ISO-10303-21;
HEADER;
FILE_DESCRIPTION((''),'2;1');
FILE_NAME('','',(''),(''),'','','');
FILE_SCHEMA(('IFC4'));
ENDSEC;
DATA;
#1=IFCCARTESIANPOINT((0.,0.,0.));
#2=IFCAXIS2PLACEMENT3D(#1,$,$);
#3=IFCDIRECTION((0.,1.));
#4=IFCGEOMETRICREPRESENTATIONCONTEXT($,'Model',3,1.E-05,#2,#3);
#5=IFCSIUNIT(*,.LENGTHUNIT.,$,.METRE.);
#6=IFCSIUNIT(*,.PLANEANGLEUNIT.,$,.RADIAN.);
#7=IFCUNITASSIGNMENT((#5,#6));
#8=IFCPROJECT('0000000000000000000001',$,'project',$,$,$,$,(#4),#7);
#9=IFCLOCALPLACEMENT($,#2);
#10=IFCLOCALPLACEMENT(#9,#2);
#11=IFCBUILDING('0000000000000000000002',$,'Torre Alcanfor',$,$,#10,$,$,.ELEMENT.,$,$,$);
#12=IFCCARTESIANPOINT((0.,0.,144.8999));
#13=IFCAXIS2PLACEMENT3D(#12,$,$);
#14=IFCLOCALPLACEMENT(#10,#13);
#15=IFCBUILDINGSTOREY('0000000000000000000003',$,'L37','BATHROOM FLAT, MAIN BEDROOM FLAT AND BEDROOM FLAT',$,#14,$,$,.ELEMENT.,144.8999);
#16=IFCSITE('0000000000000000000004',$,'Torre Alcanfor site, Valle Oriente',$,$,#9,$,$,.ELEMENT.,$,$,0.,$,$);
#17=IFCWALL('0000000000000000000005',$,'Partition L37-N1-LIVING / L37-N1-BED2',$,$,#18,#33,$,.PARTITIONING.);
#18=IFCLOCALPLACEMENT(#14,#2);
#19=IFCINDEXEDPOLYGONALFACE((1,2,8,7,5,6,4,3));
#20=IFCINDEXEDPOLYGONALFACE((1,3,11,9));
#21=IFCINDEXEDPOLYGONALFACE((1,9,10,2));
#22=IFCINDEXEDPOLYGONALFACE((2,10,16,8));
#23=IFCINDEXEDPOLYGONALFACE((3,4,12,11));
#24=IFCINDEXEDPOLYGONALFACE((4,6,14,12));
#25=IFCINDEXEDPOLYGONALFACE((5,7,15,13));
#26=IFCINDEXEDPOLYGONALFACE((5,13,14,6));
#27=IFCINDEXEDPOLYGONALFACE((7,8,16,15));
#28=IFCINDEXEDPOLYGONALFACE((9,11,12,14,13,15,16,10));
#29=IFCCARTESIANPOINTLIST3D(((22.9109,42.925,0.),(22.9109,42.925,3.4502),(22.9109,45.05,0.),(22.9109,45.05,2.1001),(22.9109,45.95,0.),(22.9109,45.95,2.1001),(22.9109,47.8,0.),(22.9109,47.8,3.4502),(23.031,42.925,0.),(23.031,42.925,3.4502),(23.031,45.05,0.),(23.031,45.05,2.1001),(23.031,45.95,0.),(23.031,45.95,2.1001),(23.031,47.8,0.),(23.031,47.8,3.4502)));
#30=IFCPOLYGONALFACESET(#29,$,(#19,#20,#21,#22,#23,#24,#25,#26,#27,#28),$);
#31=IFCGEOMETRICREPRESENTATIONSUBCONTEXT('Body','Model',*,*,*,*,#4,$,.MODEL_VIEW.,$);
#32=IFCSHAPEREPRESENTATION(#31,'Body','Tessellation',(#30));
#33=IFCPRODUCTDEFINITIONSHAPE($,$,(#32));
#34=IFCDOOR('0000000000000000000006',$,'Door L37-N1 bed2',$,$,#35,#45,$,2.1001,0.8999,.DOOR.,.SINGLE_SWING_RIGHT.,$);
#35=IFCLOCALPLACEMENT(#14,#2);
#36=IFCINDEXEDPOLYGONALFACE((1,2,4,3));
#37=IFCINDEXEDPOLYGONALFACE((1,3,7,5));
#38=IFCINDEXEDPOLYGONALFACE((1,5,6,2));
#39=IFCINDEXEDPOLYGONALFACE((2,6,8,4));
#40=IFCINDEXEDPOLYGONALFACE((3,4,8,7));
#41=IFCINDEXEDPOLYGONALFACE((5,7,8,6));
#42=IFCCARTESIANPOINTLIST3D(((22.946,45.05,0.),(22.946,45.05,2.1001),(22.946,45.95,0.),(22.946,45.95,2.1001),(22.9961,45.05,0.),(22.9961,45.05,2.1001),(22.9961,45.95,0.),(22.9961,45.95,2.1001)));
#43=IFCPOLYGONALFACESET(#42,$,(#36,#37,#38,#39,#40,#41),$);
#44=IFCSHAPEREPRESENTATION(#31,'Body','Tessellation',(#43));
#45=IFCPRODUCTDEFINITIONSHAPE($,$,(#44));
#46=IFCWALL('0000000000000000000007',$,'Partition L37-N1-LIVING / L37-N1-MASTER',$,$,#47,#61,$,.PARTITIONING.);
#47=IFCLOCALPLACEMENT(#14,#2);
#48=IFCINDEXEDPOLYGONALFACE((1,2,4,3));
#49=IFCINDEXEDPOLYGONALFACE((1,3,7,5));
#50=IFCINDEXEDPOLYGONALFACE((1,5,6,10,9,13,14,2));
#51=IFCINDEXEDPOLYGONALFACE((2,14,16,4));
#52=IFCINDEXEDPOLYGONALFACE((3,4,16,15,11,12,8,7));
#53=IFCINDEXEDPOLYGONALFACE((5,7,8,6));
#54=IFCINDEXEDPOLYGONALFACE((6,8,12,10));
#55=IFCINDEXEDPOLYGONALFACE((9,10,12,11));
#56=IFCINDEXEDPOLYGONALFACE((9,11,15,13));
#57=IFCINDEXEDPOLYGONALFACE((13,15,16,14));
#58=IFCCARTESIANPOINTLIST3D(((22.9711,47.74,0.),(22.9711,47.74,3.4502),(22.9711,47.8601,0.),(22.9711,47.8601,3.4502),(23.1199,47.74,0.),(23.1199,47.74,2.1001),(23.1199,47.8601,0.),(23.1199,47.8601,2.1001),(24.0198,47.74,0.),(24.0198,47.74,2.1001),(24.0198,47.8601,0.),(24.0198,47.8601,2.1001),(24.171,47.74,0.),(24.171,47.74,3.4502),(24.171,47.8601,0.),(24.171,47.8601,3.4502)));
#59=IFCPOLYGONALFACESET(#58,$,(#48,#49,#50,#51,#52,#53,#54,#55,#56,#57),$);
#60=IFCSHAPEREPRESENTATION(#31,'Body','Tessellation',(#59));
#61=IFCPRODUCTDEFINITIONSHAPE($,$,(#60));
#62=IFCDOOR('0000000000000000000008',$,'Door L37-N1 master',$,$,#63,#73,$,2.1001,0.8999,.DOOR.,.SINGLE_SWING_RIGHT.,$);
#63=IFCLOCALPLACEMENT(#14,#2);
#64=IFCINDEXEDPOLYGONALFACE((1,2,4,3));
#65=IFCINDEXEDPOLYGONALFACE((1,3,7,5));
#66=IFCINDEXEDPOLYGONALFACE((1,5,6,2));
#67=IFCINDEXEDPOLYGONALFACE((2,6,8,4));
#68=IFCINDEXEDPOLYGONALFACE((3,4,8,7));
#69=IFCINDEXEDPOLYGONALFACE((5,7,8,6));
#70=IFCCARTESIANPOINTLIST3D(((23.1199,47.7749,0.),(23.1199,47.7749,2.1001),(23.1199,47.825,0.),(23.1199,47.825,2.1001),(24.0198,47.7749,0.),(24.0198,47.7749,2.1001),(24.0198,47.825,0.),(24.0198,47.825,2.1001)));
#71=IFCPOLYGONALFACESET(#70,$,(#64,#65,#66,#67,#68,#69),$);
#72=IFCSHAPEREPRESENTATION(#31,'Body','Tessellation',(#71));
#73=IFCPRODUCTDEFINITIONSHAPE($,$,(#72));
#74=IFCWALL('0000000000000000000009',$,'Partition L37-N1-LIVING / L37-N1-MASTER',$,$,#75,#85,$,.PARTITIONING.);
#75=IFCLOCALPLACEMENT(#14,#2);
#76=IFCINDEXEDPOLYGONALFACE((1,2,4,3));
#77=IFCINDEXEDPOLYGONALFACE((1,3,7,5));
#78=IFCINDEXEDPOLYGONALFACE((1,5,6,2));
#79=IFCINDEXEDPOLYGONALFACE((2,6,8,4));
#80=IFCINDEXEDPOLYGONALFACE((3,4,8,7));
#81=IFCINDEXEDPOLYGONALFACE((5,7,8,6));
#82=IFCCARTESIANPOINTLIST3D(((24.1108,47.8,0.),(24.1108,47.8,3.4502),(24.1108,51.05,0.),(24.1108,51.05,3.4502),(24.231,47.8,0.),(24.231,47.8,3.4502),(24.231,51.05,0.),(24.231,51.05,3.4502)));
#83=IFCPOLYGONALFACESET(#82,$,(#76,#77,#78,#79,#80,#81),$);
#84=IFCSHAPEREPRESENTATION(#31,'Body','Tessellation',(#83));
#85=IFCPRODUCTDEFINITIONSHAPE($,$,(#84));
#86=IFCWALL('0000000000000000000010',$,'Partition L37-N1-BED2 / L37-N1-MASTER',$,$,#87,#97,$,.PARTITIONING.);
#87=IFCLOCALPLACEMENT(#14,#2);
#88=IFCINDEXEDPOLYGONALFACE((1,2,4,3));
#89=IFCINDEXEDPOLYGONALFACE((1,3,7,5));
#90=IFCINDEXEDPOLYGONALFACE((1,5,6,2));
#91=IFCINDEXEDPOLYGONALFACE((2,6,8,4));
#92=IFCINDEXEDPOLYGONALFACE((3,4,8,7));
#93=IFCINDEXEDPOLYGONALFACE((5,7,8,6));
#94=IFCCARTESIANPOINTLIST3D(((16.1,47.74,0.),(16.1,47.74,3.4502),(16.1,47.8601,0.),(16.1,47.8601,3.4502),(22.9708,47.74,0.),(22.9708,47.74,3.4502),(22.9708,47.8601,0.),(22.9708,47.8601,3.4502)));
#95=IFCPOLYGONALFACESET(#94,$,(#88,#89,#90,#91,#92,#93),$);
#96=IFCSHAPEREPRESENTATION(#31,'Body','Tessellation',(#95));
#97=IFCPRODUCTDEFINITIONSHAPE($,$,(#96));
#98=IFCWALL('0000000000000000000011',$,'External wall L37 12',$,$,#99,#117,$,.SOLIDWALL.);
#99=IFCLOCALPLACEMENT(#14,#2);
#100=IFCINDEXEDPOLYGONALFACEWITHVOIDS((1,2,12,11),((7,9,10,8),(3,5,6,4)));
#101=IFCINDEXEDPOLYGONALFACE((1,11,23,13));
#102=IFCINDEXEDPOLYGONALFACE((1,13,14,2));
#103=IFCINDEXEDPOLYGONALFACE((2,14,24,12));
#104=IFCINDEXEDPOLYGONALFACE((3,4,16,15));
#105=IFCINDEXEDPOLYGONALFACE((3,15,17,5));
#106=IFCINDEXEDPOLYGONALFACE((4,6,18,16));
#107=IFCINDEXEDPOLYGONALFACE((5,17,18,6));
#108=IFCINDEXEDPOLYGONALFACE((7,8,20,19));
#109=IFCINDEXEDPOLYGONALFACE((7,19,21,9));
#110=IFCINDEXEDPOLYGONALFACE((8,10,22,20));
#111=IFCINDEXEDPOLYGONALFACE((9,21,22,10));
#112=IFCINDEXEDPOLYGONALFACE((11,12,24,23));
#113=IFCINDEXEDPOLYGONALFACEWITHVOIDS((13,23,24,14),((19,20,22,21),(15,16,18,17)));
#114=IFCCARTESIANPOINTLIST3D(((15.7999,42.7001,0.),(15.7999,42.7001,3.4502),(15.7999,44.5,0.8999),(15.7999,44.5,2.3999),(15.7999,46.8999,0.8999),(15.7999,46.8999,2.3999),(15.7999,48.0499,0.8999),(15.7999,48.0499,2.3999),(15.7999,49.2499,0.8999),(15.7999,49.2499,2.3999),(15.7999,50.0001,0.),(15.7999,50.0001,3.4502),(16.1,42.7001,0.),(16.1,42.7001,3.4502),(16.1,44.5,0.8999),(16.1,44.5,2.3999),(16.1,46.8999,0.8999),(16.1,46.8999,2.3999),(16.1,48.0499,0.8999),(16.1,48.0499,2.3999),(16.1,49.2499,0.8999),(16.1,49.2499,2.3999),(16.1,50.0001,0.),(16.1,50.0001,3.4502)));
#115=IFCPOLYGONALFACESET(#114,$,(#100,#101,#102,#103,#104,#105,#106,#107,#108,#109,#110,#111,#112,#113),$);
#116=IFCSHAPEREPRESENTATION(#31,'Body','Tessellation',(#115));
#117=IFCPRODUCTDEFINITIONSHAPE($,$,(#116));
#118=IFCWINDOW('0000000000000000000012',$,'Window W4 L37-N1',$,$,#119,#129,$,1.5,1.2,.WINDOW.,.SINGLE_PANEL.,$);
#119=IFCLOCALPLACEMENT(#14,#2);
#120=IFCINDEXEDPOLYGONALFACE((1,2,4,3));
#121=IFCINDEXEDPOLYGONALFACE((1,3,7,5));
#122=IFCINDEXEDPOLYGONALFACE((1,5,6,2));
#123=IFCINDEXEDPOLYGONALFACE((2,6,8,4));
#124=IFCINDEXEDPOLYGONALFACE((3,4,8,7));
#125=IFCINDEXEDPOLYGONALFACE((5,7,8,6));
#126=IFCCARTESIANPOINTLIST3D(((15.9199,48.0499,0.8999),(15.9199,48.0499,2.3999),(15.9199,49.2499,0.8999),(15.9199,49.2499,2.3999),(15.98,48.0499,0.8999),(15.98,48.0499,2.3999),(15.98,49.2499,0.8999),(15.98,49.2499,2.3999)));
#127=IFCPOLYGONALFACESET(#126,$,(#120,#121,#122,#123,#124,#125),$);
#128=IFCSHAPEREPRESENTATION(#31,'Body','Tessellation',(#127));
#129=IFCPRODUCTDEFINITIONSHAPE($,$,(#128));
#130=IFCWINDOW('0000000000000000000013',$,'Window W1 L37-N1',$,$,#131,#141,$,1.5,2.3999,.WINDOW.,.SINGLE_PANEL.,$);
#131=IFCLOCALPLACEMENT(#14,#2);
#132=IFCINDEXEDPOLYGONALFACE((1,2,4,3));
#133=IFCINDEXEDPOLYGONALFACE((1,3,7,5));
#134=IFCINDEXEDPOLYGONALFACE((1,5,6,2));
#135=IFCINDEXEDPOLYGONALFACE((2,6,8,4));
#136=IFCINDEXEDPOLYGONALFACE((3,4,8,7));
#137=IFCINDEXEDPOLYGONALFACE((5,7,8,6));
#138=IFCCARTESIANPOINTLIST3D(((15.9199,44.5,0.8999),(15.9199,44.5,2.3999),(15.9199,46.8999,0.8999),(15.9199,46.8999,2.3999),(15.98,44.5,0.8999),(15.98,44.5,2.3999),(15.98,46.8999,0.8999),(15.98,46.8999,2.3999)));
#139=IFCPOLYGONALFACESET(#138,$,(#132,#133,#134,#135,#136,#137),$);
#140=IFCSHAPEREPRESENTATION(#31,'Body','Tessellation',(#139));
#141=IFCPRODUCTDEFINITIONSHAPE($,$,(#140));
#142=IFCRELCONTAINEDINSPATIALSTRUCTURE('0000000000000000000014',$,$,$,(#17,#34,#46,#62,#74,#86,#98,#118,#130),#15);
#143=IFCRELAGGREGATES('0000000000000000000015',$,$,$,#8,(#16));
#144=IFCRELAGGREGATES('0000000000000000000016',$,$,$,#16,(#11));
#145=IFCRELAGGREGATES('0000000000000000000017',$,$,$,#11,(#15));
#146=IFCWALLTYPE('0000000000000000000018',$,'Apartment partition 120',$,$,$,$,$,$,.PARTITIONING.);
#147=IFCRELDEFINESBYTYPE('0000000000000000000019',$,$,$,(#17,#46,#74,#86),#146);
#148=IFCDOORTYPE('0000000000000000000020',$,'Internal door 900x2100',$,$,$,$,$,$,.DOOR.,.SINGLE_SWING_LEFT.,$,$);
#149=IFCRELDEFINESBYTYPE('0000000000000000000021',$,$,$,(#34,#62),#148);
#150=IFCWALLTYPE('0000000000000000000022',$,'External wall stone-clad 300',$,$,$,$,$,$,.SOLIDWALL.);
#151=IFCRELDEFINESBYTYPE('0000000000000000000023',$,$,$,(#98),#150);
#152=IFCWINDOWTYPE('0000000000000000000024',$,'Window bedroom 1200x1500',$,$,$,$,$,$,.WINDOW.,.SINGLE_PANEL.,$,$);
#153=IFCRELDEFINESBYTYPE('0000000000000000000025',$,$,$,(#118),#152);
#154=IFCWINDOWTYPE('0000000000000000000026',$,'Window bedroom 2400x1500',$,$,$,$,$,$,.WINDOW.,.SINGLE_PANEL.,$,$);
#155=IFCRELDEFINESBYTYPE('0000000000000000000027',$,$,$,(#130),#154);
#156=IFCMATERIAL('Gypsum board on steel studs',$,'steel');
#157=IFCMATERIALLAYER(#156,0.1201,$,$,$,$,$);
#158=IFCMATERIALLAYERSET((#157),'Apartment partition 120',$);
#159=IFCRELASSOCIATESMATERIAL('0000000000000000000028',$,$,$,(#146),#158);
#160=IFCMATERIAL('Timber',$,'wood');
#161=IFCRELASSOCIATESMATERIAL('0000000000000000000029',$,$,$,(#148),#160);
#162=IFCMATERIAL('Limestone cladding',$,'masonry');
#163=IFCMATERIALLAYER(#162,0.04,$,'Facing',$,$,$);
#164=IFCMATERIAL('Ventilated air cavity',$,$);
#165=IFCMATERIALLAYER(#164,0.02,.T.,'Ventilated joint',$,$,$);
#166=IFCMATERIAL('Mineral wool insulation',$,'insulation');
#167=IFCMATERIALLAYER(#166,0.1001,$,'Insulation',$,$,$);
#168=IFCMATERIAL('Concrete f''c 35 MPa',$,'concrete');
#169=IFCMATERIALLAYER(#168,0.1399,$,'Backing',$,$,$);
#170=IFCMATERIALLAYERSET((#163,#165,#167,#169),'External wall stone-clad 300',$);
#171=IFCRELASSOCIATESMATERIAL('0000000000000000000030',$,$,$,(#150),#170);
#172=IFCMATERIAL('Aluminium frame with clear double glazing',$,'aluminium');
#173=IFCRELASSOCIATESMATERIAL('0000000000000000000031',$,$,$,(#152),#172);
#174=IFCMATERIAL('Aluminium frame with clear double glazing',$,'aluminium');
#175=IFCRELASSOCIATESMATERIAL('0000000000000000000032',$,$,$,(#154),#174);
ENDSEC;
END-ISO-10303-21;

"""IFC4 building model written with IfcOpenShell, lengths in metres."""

from ifc_helpers import new_model, si_unit, direction, frame, frame_2d, origin, place, context, subcontext, project, spatial, rectangle, extrude, material, layer, layer_set, type_object, element, fill, save


model = new_model("IFC4")

# Units and contexts
model_context = context("Model", 3, precision=1e-05, world=origin(), true_north=direction((0.0, 1.0)))
body_context = subcontext(model_context, "Body", "Model", "MODEL_VIEW")
ifc_project = project(units=[si_unit("LENGTHUNIT", "METRE"), si_unit("PLANEANGLEUNIT", "RADIAN")], contexts=[model_context])

# Site, building, storey
site_placement = place(None, origin())
site = spatial("IfcSite", under=ifc_project, at=site_placement, Name="Torre Alcanfor site, Valle Oriente", CompositionType="ELEMENT", RefElevation=0.0)
building_placement = place(site_placement, origin())
building = spatial("IfcBuilding", under=site, at=building_placement, Name="Torre Alcanfor", CompositionType="ELEMENT")
storey_placement = place(building_placement, frame((0.0, 0.0, 144.8999)))
storey = spatial("IfcBuildingStorey", under=building, at=storey_placement, Name="L37", Description="BATHROOM FLAT, MAIN BEDROOM FLAT AND BEDROOM FLAT", CompositionType="ELEMENT", Elevation=144.8999)

# Walls, openings, doors
ifc_material_1 = material(Name="Gypsum board on steel studs", Category="steel")
ifc_layer_1 = layer(ifc_material_1, 0.1201)
ifc_layer_set_1 = layer_set([ifc_layer_1], Name="Apartment partition 120")
wall_type_1 = type_object("IfcWallType", Name="Apartment partition 120", PredefinedType="PARTITIONING", material=ifc_layer_set_1)
wall_1_placement = place(storey_placement, frame((22.9709, 42.925, 0.0), z_axis=(0.0, 0.0, 1.0), x_axis=(0.0, 1.0, 0.0)))
wall_1 = element("IfcWall", 1, at=wall_1_placement, inside=storey, type_object=wall_type_1, Name="Partition L37-N1-LIVING / L37-N1-BED2", PredefinedType="PARTITIONING", context=body_context, shape_type="SweptSolid", body=[
    extrude(rectangle(XDim=4.875, YDim=0.1201, at=frame_2d((2.4375, 0.0))), origin(), (0.0, 0.0, 1.0), 3.4502),
])
opening_1_placement = place(wall_1_placement, frame((2.125, 0.0, 0.0)))
opening_1 = element("IfcOpeningElement", 2, at=opening_1_placement, cuts=wall_1, PredefinedType="OPENING", context=body_context, shape_type="SweptSolid", body=[
    extrude(rectangle(XDim=0.8999, YDim=2.1001, at=frame_2d((0.45, 1.05))), frame((0.0, 0.0701, 0.0), z_axis=(0.0, -1.0, 0.0), x_axis=(1.0, 0.0, 0.0)), (0.0, 0.0, 1.0), 0.1401),
])
ifc_material_2 = material(Name="Timber", Category="wood")
door_type_1 = type_object("IfcDoorType", Name="Internal door 900x2100", OperationType="SINGLE_SWING_LEFT", PredefinedType="DOOR", material=ifc_material_2)
door_1_placement = place(opening_1_placement, origin())
door_1 = element("IfcDoor", 3, at=door_1_placement, inside=storey, type_object=door_type_1, Name="Door L37-N1 bed2", OperationType="SINGLE_SWING_RIGHT", OverallHeight=2.1001, OverallWidth=0.8999, PredefinedType="DOOR", context=body_context, shape_type="SweptSolid", body=[
    extrude(rectangle(XDim=0.8999, YDim=2.1001, at=frame_2d((0.45, 1.05))), frame((0.0, 0.0249, 0.0), z_axis=(0.0, -1.0, 0.0), x_axis=(1.0, 0.0, 0.0)), (0.0, 0.0, 1.0), 0.05),
])
fill(opening_1, door_1)
wall_2_placement = place(storey_placement, frame((22.9709, 47.8, 0.0), z_axis=(0.0, 0.0, 1.0), x_axis=(1.0, 0.0, 0.0)))
wall_2 = element("IfcWall", 4, at=wall_2_placement, inside=storey, type_object=wall_type_1, Name="Partition L37-N1-LIVING / L37-N1-MASTER", PredefinedType="PARTITIONING", context=body_context, shape_type="SweptSolid", body=[
    extrude(rectangle(XDim=1.2, YDim=0.1201, at=frame_2d((0.6001, 0.0))), origin(), (0.0, 0.0, 1.0), 3.4502),
])
opening_2_placement = place(wall_2_placement, frame((0.1489, 0.0, 0.0)))
opening_2 = element("IfcOpeningElement", 5, at=opening_2_placement, cuts=wall_2, PredefinedType="OPENING", context=body_context, shape_type="SweptSolid", body=[
    extrude(rectangle(XDim=0.8999, YDim=2.1001, at=frame_2d((0.45, 1.05))), frame((0.0, 0.0701, 0.0), z_axis=(0.0, -1.0, 0.0), x_axis=(1.0, 0.0, 0.0)), (0.0, 0.0, 1.0), 0.1401),
])
door_2_placement = place(opening_2_placement, origin())
door_2 = element("IfcDoor", 6, at=door_2_placement, inside=storey, type_object=door_type_1, Name="Door L37-N1 master", OperationType="SINGLE_SWING_RIGHT", OverallHeight=2.1001, OverallWidth=0.8999, PredefinedType="DOOR", context=body_context, shape_type="SweptSolid", body=[
    extrude(rectangle(XDim=0.8999, YDim=2.1001, at=frame_2d((0.45, 1.05))), frame((0.0, 0.0249, 0.0), z_axis=(0.0, -1.0, 0.0), x_axis=(1.0, 0.0, 0.0)), (0.0, 0.0, 1.0), 0.05),
])
fill(opening_2, door_2)

# Walls
wall_3_placement = place(storey_placement, frame((24.1709, 47.8, 0.0), z_axis=(0.0, 0.0, 1.0), x_axis=(0.0, 1.0, 0.0)))
element("IfcWall", 7, at=wall_3_placement, inside=storey, type_object=wall_type_1, Name="Partition L37-N1-LIVING / L37-N1-MASTER", PredefinedType="PARTITIONING", context=body_context, shape_type="SweptSolid", body=[
    extrude(rectangle(XDim=3.25, YDim=0.1201, at=frame_2d((1.625, 0.0))), origin(), (0.0, 0.0, 1.0), 3.4502),
])
wall_4_placement = place(storey_placement, frame((22.9709, 47.8, 0.0), z_axis=(0.0, 0.0, 1.0), x_axis=(-1.0, 0.0, 0.0)))
element("IfcWall", 8, at=wall_4_placement, inside=storey, type_object=wall_type_1, Name="Partition L37-N1-BED2 / L37-N1-MASTER", PredefinedType="PARTITIONING", context=body_context, shape_type="SweptSolid", body=[
    extrude(rectangle(XDim=6.8708, YDim=0.1201, at=frame_2d((3.4355, 0.0))), origin(), (0.0, 0.0, 1.0), 3.4502),
])

# Wall, openings, windows
ifc_material_3 = material(Name="Limestone cladding", Category="masonry")
ifc_layer_2 = layer(ifc_material_3, 0.04, Name="Facing")
ifc_material_4 = material(Name="Ventilated air cavity")
ifc_layer_3 = layer(ifc_material_4, 0.02, ventilated=True, Name="Ventilated joint")
ifc_material_5 = material(Name="Mineral wool insulation", Category="insulation")
ifc_layer_4 = layer(ifc_material_5, 0.1001, Name="Insulation")
ifc_material_6 = material(Name="Concrete f'c 35 MPa", Category="concrete")
ifc_layer_5 = layer(ifc_material_6, 0.1399, Name="Backing")
ifc_layer_set_2 = layer_set([ifc_layer_2, ifc_layer_3, ifc_layer_4, ifc_layer_5], Name="External wall stone-clad 300")
wall_type_2 = type_object("IfcWallType", Name="External wall stone-clad 300", PredefinedType="SOLIDWALL", material=ifc_layer_set_2)
wall_5_placement = place(storey_placement, frame((15.95, 50.0, 0.0), z_axis=(0.0, 0.0, 1.0), x_axis=(0.0, -1.0, 0.0)))
wall_5 = element("IfcWall", 9, at=wall_5_placement, inside=storey, type_object=wall_type_2, Name="External wall L37 12", PredefinedType="SOLIDWALL", context=body_context, shape_type="SweptSolid", body=[
    extrude(rectangle(XDim=7.3, YDim=0.3, at=frame_2d((3.6499, 0.0))), origin(), (0.0, 0.0, 1.0), 3.4502),
])
opening_3_placement = place(wall_5_placement, frame((3.1001, 0.0, 0.8999)))
opening_3 = element("IfcOpeningElement", 10, at=opening_3_placement, cuts=wall_5, PredefinedType="OPENING", context=body_context, shape_type="SweptSolid", body=[
    extrude(rectangle(XDim=2.3999, YDim=1.5, at=frame_2d((1.2, 0.75))), frame((0.0, 0.1599, 0.0), z_axis=(0.0, -1.0, 0.0), x_axis=(1.0, 0.0, 0.0)), (0.0, 0.0, 1.0), 0.3201),
])
opening_4_placement = place(wall_5_placement, frame((0.75, 0.0, 0.8999)))
opening_4 = element("IfcOpeningElement", 11, at=opening_4_placement, cuts=wall_5, PredefinedType="OPENING", context=body_context, shape_type="SweptSolid", body=[
    extrude(rectangle(XDim=1.2, YDim=1.5, at=frame_2d((0.6001, 0.75))), frame((0.0, 0.1599, 0.0), z_axis=(0.0, -1.0, 0.0), x_axis=(1.0, 0.0, 0.0)), (0.0, 0.0, 1.0), 0.3201),
])
ifc_material_7 = material(Name="Aluminium frame with clear double glazing", Category="aluminium")
window_type_1 = type_object("IfcWindowType", Name="Window bedroom 1200x1500", PartitioningType="SINGLE_PANEL", PredefinedType="WINDOW", material=ifc_material_7)
window_1_placement = place(opening_4_placement, origin())
window_1 = element("IfcWindow", 12, at=window_1_placement, inside=storey, type_object=window_type_1, Name="Window W4 L37-N1", OverallHeight=1.5, OverallWidth=1.2, PartitioningType="SINGLE_PANEL", PredefinedType="WINDOW", context=body_context, shape_type="SweptSolid", body=[
    extrude(rectangle(XDim=1.2, YDim=1.5, at=frame_2d((0.6001, 0.75))), frame((0.0, 0.03, 0.0), z_axis=(0.0, -1.0, 0.0), x_axis=(1.0, 0.0, 0.0)), (0.0, 0.0, 1.0), 0.0601),
])
fill(opening_4, window_1)
ifc_material_8 = material(Name="Aluminium frame with clear double glazing", Category="aluminium")
window_type_2 = type_object("IfcWindowType", Name="Window bedroom 2400x1500", PartitioningType="SINGLE_PANEL", PredefinedType="WINDOW", material=ifc_material_8)
window_2_placement = place(opening_3_placement, origin())
window_2 = element("IfcWindow", 13, at=window_2_placement, inside=storey, type_object=window_type_2, Name="Window W1 L37-N1", OverallHeight=1.5, OverallWidth=2.3999, PartitioningType="SINGLE_PANEL", PredefinedType="WINDOW", context=body_context, shape_type="SweptSolid", body=[
    extrude(rectangle(XDim=2.3999, YDim=1.5, at=frame_2d((1.2, 0.75))), frame((0.0, 0.03, 0.0), z_axis=(0.0, -1.0, 0.0), x_axis=(1.0, 0.0, 0.0)), (0.0, 0.0, 1.0), 0.0601),
])
fill(opening_3, window_2)

save(model, "model.ifc")
